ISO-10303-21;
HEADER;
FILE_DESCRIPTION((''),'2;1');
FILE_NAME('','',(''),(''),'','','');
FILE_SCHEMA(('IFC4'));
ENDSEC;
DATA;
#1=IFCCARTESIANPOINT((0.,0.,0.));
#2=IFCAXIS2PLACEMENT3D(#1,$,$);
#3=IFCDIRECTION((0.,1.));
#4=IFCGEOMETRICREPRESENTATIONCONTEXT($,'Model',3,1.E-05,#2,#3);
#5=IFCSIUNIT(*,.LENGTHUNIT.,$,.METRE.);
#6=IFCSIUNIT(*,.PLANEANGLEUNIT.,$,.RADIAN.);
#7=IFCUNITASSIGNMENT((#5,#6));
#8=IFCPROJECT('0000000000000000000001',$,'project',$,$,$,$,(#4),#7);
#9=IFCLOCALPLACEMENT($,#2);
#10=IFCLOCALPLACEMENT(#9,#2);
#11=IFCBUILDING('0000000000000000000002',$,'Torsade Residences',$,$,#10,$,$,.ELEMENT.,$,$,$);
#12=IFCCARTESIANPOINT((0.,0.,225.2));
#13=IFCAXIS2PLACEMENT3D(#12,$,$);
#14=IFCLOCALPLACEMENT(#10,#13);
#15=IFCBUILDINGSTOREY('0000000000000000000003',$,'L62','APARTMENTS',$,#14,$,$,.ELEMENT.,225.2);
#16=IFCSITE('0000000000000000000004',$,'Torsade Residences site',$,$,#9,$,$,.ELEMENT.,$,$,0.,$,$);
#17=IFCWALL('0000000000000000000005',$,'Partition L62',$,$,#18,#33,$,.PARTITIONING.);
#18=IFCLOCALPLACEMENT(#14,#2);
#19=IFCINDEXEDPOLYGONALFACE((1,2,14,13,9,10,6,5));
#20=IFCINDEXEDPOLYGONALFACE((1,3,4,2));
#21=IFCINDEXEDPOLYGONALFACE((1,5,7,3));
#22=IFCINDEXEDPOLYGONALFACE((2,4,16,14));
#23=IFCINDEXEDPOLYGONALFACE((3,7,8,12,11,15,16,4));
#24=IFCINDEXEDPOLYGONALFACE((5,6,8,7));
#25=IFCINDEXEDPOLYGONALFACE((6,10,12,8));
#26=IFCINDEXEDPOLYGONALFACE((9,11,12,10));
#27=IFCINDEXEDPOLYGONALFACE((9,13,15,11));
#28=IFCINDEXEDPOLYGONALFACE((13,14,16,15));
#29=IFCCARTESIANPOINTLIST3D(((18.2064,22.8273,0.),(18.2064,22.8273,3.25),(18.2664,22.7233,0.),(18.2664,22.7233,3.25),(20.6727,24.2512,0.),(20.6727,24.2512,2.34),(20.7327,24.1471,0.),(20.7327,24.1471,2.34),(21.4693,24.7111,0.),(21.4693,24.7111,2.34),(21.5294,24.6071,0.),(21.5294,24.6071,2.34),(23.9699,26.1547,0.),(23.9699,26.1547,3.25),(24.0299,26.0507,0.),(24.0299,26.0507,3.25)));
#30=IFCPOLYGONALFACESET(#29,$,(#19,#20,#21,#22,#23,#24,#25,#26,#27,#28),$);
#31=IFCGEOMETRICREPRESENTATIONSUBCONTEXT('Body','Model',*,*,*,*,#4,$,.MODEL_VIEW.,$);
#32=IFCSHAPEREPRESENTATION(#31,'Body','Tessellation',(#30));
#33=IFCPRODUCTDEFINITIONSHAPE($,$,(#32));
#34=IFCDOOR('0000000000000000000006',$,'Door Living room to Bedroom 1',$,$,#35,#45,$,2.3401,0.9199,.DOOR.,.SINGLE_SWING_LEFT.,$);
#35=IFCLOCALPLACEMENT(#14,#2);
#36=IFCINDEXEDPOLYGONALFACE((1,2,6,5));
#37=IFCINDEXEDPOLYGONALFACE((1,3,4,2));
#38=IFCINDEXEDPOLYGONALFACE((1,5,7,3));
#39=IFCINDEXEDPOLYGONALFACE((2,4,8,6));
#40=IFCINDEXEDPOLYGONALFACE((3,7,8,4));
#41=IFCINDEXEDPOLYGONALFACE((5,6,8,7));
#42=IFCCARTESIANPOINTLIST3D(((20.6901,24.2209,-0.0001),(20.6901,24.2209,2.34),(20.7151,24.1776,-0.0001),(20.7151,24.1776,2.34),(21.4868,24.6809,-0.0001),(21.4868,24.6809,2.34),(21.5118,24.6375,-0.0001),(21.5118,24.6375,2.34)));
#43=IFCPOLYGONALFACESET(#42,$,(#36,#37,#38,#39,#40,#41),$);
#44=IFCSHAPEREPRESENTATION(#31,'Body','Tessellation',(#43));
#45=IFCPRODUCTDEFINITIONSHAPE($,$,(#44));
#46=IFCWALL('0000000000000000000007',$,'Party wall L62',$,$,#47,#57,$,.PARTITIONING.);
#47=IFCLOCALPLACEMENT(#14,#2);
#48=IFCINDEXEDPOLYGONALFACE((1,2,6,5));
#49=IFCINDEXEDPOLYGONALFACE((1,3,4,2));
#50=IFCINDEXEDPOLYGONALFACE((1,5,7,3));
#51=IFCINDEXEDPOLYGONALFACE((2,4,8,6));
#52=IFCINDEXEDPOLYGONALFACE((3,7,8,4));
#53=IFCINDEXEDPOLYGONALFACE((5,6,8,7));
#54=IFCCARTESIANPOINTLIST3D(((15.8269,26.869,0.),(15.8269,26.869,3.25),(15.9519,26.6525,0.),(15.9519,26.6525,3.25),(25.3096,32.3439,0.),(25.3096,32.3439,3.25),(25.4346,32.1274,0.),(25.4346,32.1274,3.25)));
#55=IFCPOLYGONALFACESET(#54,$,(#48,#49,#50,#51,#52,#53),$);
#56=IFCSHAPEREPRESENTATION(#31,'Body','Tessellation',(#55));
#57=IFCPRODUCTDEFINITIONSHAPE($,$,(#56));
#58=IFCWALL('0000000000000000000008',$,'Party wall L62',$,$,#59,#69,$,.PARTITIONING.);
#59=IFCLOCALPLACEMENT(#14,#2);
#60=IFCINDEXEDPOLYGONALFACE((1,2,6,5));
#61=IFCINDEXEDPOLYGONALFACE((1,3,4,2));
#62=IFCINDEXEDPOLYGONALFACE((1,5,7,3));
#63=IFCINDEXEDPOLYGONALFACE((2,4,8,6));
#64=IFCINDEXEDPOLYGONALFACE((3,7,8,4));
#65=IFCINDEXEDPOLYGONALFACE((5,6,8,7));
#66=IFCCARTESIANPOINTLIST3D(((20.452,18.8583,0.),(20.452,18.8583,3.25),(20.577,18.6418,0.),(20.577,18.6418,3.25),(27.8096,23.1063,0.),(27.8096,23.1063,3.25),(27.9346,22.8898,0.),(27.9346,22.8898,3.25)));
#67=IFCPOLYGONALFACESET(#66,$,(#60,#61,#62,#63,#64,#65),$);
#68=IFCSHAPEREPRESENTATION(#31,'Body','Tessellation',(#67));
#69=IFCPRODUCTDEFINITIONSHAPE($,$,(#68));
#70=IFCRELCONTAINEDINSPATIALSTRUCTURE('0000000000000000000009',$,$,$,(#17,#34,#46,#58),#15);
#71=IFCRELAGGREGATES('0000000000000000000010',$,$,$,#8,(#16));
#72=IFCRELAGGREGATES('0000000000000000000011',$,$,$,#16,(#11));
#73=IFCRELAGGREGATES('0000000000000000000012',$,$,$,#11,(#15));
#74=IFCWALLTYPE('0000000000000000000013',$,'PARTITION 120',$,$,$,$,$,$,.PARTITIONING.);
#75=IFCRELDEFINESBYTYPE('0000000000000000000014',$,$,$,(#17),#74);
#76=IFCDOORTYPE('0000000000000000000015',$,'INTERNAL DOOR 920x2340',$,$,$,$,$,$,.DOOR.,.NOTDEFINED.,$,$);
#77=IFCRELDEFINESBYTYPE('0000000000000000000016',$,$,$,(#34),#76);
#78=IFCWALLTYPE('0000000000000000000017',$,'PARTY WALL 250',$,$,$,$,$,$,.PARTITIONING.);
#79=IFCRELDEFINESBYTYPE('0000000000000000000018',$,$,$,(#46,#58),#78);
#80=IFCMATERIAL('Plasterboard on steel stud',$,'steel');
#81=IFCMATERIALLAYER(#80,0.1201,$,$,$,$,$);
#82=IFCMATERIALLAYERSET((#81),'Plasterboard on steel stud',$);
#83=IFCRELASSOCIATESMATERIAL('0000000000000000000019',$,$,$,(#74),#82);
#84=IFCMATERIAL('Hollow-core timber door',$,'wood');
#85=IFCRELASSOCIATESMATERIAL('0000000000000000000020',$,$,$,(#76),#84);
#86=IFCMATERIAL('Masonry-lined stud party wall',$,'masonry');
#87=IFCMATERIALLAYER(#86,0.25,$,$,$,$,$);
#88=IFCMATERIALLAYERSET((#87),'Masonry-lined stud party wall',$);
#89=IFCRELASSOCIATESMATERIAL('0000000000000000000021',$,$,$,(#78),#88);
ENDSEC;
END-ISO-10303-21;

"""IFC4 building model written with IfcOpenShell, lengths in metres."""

from ifc_helpers import new_model, si_unit, direction, frame, frame_2d, origin, place, context, subcontext, project, spatial, rectangle, extrude, material, layer, layer_set, type_object, element, fill, save


model = new_model("IFC4")

# Units and contexts
model_context = context("Model", 3, precision=1e-05, world=origin(), true_north=direction((0.0, 1.0)))
body_context = subcontext(model_context, "Body", "Model", "MODEL_VIEW")
ifc_project = project(units=[si_unit("LENGTHUNIT", "METRE"), si_unit("PLANEANGLEUNIT", "RADIAN")], contexts=[model_context])

# Site, building, storey
site_placement = place(None, origin())
site = spatial("IfcSite", under=ifc_project, at=site_placement, Name="Torsade Residences site", CompositionType="ELEMENT", RefElevation=0.0)
building_placement = place(site_placement, origin())
building = spatial("IfcBuilding", under=site, at=building_placement, Name="Torsade Residences", CompositionType="ELEMENT")
storey_placement = place(building_placement, frame((0.0, 0.0, 225.2)))
storey = spatial("IfcBuildingStorey", under=building, at=storey_placement, Name="L62", Description="APARTMENTS", CompositionType="ELEMENT", Elevation=225.2)

# Wall, opening, door
ifc_material_1 = material(Name="Plasterboard on steel stud", Category="steel")
ifc_layer_1 = layer(ifc_material_1, 0.1201)
ifc_layer_set_1 = layer_set([ifc_layer_1], Name="Plasterboard on steel stud")
wall_type_1 = type_object("IfcWallType", Name="PARTITION 120", PredefinedType="PARTITIONING", material=ifc_layer_set_1)
ifc_material_2 = material(Name="Hollow-core timber door", Category="wood")
door_type_1 = type_object("IfcDoorType", Name="INTERNAL DOOR 920x2340", OperationType="NOTDEFINED", PredefinedType="DOOR", material=ifc_material_2)
wall_1_placement = place(storey_placement, frame((24.0, 26.1028, 0.0), z_axis=(0.0, 0.0, 1.0), x_axis=(-0.866033, -0.499986, 0.0)))
wall_1 = element("IfcWall", 1, at=wall_1_placement, inside=storey, type_object=wall_type_1, Name="Partition L62", PredefinedType="PARTITIONING", context=body_context, shape_type="SweptSolid", body=[
    extrude(rectangle(XDim=6.655, YDim=0.1201, at=frame_2d((3.3276, 0.0))), origin(), (0.0, 0.0, 1.0), 3.25),
])
opening_1_placement = place(wall_1_placement, frame((2.8875, 0.0, 0.0)))
opening_1 = element("IfcOpeningElement", 2, at=opening_1_placement, cuts=wall_1, PredefinedType="OPENING", context=body_context, shape_type="SweptSolid", body=[
    extrude(rectangle(XDim=0.9199, YDim=2.3401, at=frame_2d((0.46, 1.1699))), frame((0.0, 0.0701, 0.0), z_axis=(0.0, -1.0, 0.0), x_axis=(1.0, 0.0, 0.0)), (0.0, 0.0, 1.0), 0.1401),
])
door_1_placement = place(opening_1_placement, origin())
door_1 = element("IfcDoor", 3, at=door_1_placement, inside=storey, type_object=door_type_1, Name="Door Living room to Bedroom 1", OperationType="SINGLE_SWING_LEFT", OverallHeight=2.3401, OverallWidth=0.9199, PredefinedType="DOOR", context=body_context, shape_type="SweptSolid", body=[
    extrude(rectangle(XDim=0.9199, YDim=2.3401, at=frame_2d((0.46, 1.1699))), frame((0.0, 0.0249, 0.0), z_axis=(0.0, -1.0, 0.0), x_axis=(1.0, 0.0, 0.0)), (0.0, 0.0, 1.0), 0.05),
])
fill(opening_1, door_1)

# Walls
ifc_material_3 = material(Name="Masonry-lined stud party wall", Category="masonry")
ifc_layer_2 = layer(ifc_material_3, 0.25)
ifc_layer_set_2 = layer_set([ifc_layer_2], Name="Masonry-lined stud party wall")
wall_type_2 = type_object("IfcWallType", Name="PARTY WALL 250", PredefinedType="PARTITIONING", material=ifc_layer_set_2)
wall_2_placement = place(storey_placement, frame((15.8894, 26.7607, 0.0), z_axis=(0.0, 0.0, 1.0), x_axis=(0.866024, 0.500002, 0.0)))
element("IfcWall", 4, at=wall_2_placement, inside=storey, type_object=wall_type_2, Name="Party wall L62", PredefinedType="PARTITIONING", context=body_context, shape_type="SweptSolid", body=[
    extrude(rectangle(XDim=10.9497, YDim=0.25, at=frame_2d((5.4749, 0.0))), origin(), (0.0, 0.0, 1.0), 3.25),
])
wall_3_placement = place(storey_placement, frame((20.5144, 18.75, 0.0), z_axis=(0.0, 0.0, 1.0), x_axis=(0.86602, 0.500009, 0.0)))
element("IfcWall", 5, at=wall_3_placement, inside=storey, type_object=wall_type_2, Name="Party wall L62", PredefinedType="PARTITIONING", context=body_context, shape_type="SweptSolid", body=[
    extrude(rectangle(XDim=8.4958, YDim=0.25, at=frame_2d((4.248, 0.0))), origin(), (0.0, 0.0, 1.0), 3.25),
])

save(model, "model.ifc")
